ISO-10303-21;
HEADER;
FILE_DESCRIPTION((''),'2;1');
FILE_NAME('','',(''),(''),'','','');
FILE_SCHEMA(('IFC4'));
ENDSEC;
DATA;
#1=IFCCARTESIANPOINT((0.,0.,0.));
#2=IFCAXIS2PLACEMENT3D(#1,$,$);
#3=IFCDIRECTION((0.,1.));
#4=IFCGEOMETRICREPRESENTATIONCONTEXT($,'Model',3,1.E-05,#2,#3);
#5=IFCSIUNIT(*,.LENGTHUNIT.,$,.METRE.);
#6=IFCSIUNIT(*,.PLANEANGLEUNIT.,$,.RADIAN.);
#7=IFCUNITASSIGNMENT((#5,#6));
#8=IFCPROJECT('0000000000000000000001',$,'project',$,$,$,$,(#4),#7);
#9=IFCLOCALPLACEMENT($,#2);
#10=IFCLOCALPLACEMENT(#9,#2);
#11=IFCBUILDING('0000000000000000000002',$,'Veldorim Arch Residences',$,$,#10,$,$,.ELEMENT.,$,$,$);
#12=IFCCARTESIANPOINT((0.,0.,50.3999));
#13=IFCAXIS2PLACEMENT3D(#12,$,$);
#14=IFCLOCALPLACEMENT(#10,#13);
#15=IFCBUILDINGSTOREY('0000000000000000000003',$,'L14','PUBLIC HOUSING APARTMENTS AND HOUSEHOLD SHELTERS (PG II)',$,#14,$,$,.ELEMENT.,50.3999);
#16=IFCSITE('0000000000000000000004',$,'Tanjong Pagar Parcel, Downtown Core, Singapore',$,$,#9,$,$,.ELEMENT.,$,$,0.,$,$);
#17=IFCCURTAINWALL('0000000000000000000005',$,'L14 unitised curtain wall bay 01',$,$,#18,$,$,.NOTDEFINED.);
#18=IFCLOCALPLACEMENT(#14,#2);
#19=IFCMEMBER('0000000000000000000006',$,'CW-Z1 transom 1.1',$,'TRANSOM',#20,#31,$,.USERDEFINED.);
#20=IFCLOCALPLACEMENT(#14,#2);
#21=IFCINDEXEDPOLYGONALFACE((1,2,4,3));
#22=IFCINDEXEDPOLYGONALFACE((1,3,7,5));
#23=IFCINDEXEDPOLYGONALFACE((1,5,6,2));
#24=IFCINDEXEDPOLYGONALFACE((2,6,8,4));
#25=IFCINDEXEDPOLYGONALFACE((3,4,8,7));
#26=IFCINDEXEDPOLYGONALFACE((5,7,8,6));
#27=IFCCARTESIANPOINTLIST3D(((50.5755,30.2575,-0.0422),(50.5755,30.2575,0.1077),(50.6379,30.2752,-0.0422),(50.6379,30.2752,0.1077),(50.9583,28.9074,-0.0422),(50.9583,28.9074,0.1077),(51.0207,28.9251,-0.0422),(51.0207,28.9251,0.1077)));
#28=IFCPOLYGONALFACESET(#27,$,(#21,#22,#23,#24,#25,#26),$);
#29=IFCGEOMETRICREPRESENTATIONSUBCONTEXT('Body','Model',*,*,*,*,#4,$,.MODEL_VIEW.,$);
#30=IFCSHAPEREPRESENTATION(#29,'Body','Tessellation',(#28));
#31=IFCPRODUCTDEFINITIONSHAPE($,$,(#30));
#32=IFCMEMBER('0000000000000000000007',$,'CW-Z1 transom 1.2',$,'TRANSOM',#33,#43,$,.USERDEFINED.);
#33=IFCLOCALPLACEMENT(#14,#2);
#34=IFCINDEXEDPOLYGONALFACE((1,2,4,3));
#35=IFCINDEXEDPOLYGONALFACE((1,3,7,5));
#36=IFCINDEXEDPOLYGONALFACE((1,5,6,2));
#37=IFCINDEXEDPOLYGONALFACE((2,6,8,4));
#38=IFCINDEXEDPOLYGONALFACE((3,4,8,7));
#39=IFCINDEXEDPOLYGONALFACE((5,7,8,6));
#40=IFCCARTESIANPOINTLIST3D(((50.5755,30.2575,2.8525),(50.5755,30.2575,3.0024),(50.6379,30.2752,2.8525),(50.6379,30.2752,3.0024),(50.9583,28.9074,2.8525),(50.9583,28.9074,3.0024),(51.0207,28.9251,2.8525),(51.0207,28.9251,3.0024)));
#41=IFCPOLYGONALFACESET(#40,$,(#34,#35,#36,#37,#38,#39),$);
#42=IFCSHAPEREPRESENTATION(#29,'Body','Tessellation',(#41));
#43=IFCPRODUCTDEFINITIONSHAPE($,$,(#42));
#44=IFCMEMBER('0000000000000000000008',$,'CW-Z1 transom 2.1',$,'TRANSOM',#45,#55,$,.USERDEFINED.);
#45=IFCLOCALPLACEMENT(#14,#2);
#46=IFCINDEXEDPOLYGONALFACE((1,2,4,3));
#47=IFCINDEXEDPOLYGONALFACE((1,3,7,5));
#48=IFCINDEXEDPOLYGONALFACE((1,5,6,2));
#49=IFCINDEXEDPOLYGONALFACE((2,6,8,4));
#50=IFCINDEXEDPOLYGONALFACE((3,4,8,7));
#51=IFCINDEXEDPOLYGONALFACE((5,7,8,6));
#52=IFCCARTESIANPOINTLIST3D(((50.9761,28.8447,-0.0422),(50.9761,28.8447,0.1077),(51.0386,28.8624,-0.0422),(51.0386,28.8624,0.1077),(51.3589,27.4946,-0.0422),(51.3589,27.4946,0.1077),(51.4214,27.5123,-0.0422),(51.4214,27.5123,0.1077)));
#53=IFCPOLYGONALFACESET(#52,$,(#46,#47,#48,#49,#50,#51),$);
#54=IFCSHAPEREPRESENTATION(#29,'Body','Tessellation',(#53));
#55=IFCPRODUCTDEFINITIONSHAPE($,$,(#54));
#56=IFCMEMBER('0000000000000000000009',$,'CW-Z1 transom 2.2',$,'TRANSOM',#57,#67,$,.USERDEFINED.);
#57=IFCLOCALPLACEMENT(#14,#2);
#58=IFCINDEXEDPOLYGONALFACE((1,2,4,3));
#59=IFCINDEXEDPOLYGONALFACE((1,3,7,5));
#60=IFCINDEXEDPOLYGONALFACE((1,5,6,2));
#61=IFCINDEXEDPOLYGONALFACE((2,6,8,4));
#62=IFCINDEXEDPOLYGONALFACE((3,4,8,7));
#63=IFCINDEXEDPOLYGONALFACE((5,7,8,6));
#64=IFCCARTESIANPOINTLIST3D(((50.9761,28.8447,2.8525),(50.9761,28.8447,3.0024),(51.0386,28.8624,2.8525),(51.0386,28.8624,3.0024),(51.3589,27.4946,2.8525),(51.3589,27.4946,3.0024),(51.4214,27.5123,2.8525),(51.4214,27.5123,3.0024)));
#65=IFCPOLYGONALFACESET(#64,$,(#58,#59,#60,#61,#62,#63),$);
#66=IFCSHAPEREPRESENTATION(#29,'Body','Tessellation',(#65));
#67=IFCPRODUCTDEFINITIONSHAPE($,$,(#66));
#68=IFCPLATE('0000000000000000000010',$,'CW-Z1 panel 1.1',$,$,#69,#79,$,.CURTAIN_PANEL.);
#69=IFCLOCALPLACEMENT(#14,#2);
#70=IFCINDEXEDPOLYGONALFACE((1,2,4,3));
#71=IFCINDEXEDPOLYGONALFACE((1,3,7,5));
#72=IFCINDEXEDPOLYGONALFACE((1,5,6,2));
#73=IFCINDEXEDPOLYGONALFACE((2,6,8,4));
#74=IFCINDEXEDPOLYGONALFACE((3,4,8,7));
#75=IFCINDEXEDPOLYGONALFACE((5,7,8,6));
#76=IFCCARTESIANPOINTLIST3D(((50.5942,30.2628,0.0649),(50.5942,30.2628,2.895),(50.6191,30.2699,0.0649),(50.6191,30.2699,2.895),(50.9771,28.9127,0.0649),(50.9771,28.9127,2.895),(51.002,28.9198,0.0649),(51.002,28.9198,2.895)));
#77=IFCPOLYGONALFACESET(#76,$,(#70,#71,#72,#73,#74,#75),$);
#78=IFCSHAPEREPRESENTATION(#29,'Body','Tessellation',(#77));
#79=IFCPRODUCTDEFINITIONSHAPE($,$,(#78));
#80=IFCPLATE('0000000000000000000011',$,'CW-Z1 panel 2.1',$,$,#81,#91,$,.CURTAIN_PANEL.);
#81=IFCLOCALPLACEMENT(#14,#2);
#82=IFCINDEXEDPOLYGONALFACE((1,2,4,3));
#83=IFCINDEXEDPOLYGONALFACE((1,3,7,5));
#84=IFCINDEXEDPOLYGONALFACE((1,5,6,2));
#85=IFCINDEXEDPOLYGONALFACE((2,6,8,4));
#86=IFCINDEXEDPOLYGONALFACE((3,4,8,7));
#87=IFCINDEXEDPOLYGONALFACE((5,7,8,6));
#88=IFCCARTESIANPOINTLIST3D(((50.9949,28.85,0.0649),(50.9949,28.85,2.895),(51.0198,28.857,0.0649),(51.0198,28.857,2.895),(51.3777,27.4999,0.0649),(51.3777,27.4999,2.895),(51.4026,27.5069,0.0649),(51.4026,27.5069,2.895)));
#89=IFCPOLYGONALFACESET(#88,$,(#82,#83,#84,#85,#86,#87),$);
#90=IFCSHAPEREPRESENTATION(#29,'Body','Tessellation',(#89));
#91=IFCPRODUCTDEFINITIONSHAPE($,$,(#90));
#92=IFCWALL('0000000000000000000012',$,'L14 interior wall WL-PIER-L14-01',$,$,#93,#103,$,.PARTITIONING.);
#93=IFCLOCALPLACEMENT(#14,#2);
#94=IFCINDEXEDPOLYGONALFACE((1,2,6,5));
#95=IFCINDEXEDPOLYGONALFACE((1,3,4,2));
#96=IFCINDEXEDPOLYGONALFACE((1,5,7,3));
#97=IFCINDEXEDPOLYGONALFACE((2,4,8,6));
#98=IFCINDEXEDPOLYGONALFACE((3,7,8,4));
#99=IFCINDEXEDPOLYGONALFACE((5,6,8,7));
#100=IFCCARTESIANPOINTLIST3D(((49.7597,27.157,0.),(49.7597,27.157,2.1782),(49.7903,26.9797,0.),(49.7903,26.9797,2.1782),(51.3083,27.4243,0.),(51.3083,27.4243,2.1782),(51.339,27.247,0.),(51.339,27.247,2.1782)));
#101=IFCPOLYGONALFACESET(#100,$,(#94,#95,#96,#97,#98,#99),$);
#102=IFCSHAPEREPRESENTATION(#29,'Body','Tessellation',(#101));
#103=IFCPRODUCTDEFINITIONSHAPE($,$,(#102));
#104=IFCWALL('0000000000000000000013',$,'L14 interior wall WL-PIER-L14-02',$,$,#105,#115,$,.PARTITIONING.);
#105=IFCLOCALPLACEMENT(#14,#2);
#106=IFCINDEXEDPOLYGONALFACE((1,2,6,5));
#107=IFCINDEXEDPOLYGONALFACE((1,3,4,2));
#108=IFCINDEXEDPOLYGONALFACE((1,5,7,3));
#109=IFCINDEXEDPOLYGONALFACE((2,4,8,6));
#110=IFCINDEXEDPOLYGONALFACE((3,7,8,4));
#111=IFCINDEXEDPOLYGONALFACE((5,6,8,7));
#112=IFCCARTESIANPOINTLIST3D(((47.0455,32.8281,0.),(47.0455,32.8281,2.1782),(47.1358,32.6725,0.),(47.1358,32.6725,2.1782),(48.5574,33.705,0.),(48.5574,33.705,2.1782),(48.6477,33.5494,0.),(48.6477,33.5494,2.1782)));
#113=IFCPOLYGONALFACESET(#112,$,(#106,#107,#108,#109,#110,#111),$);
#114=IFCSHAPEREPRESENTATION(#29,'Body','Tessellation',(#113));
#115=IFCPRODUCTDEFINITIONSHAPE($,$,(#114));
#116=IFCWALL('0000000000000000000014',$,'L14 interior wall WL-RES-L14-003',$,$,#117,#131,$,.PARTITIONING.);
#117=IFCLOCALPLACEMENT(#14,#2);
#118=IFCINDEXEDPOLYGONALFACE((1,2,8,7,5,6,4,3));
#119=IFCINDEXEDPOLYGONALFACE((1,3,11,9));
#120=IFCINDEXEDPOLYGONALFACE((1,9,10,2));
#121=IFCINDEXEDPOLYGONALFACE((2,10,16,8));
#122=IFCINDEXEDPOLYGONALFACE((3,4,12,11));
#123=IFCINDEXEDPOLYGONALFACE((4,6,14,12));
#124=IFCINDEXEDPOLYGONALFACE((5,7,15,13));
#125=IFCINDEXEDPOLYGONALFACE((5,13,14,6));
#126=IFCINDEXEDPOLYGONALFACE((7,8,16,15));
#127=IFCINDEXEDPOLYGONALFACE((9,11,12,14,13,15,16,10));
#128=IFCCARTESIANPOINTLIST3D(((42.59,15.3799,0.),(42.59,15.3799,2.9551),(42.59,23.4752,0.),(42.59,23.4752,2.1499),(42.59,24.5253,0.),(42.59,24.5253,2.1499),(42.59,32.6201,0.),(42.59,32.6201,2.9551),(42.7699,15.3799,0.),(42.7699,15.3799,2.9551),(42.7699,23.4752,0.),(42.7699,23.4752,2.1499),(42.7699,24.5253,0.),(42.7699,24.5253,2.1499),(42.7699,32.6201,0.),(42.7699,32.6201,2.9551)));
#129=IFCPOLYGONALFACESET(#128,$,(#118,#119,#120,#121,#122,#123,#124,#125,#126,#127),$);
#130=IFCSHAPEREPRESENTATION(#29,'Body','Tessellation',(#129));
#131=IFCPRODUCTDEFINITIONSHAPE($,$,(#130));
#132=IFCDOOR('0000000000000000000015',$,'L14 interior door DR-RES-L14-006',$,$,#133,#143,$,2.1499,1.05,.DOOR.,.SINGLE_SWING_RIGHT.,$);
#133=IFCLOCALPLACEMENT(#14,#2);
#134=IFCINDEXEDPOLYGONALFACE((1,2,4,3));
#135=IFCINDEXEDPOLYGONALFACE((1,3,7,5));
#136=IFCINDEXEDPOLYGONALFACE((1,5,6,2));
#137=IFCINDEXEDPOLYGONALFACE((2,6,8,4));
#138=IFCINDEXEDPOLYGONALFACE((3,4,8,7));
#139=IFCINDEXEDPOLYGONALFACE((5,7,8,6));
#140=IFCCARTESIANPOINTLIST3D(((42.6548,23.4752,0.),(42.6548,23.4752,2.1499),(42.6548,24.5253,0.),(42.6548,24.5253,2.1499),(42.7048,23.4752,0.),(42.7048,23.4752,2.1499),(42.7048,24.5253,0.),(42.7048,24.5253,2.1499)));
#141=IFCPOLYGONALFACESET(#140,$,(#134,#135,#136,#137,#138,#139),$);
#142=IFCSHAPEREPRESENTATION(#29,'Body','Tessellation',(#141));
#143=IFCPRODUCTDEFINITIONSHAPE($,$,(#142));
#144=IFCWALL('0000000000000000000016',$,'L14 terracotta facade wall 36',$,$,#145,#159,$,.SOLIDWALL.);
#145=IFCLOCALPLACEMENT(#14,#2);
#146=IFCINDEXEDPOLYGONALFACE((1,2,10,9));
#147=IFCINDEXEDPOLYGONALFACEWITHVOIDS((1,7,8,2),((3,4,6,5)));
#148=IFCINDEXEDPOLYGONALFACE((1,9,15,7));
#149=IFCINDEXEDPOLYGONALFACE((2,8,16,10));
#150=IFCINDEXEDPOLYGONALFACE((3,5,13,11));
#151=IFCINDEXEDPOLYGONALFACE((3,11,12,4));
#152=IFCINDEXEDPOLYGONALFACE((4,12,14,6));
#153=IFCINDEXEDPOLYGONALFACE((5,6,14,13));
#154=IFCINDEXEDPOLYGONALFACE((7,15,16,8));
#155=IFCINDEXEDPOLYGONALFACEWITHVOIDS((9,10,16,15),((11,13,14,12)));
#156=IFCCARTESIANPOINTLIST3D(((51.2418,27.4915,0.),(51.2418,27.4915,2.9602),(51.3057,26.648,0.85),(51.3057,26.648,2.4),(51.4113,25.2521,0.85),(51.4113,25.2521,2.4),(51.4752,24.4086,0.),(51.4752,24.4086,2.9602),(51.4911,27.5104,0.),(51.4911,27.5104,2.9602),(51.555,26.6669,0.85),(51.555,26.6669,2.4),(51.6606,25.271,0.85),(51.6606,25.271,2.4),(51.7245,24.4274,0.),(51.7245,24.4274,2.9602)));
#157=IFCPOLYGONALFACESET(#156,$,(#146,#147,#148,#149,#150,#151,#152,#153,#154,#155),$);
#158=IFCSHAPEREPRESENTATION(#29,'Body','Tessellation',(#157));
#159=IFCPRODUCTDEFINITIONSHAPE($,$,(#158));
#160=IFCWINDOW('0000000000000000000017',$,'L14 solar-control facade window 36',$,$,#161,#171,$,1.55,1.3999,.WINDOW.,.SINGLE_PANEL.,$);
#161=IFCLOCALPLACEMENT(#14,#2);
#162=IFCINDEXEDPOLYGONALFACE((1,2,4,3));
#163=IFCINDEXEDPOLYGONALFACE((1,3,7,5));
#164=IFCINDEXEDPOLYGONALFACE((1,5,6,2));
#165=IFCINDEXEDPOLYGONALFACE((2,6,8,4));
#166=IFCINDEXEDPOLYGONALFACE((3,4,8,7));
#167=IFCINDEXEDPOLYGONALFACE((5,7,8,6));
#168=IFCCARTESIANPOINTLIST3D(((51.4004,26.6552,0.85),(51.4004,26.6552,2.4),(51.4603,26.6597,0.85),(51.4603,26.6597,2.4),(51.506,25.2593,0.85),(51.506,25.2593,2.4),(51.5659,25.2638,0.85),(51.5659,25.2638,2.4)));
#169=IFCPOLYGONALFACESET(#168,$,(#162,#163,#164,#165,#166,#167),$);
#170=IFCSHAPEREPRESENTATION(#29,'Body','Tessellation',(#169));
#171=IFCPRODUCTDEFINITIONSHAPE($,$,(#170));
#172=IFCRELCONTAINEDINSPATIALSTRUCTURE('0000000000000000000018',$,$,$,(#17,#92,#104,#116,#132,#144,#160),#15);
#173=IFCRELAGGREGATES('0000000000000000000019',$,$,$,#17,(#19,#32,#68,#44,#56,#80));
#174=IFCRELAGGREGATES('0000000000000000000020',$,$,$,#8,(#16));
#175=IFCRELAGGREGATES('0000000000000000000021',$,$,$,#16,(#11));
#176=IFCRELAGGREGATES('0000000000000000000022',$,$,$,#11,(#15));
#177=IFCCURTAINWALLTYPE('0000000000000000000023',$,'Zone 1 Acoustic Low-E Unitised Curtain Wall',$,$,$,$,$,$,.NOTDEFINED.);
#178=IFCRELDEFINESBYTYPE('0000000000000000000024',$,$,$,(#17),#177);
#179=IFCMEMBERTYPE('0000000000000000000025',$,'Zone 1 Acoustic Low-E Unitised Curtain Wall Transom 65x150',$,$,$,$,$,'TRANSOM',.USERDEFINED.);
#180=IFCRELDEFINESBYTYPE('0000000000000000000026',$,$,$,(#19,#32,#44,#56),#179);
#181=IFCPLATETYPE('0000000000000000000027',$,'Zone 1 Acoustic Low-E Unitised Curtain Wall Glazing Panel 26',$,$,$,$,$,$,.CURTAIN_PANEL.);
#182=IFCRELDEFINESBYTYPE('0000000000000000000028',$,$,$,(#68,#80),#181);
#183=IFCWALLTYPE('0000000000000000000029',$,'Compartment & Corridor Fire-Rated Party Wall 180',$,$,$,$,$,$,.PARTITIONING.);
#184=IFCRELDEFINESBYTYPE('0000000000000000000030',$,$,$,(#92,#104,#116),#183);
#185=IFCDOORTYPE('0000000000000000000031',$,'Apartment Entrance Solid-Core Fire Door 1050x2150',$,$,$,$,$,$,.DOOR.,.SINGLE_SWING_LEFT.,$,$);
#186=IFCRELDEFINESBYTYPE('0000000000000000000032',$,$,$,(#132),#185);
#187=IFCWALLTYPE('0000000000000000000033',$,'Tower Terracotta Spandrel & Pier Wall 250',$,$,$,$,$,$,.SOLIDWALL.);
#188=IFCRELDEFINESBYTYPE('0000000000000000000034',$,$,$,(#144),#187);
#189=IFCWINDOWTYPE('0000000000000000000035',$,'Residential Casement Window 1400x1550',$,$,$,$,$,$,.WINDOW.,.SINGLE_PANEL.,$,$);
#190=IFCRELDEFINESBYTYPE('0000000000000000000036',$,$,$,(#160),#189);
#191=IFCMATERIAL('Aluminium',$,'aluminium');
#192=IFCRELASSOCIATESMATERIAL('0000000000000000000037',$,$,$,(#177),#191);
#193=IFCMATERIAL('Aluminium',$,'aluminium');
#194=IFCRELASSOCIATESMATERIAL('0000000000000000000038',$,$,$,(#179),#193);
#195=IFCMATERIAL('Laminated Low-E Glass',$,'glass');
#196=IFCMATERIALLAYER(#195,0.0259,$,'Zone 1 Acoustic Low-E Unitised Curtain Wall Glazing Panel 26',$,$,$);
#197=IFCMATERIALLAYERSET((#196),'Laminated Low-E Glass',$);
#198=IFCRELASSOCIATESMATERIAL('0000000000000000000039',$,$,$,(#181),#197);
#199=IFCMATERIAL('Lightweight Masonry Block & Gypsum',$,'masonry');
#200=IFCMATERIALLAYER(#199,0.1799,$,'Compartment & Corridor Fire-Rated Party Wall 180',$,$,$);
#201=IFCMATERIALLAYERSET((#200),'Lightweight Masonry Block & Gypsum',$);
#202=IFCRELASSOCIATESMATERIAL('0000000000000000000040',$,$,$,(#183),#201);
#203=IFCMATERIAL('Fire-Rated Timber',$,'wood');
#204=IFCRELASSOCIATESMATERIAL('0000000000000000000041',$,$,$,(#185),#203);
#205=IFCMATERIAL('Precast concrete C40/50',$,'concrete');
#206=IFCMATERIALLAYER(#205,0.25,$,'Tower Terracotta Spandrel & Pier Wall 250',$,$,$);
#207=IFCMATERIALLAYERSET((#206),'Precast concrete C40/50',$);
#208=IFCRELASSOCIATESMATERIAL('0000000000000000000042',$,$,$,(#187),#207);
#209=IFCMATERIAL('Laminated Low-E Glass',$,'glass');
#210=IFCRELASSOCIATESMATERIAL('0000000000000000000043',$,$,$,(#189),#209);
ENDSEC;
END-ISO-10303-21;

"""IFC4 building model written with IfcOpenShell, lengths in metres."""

from ifc_helpers import new_model, si_unit, direction, frame, frame_2d, origin, origin_2d, place, context, subcontext, project, spatial, rectangle, extrude, material, layer, layer_set, material_profile, profile_set, type_object, element, fill, aggregate, save


model = new_model("IFC4")

# Units and contexts
model_context = context("Model", 3, precision=1e-05, world=origin(), true_north=direction((0.0, 1.0)))
body_context = subcontext(model_context, "Body", "Model", "MODEL_VIEW")
ifc_project = project(units=[si_unit("LENGTHUNIT", "METRE"), si_unit("PLANEANGLEUNIT", "RADIAN")], contexts=[model_context])

# Site, building, storey
site_placement = place(None, origin())
site = spatial("IfcSite", under=ifc_project, at=site_placement, Name="Tanjong Pagar Parcel, Downtown Core, Singapore", CompositionType="ELEMENT", RefElevation=0.0)
building_placement = place(site_placement, origin())
building = spatial("IfcBuilding", under=site, at=building_placement, Name="Veldorim Arch Residences", CompositionType="ELEMENT")
storey_placement = place(building_placement, frame((0.0, 0.0, 50.3999)))
storey = spatial("IfcBuildingStorey", under=building, at=storey_placement, Name="L14", Description="PUBLIC HOUSING APARTMENTS AND HOUSEHOLD SHELTERS (PG II)", CompositionType="ELEMENT", Elevation=50.3999)

# Curtain wall, members, plates
ifc_material_1 = material(Name="Aluminium", Category="aluminium")
curtain_wall_type = type_object("IfcCurtainWallType", Name="Zone 1 Acoustic Low-E Unitised Curtain Wall", PredefinedType="NOTDEFINED", material=ifc_material_1)
curtain_wall_placement = place(storey_placement, origin())
curtain_wall = element("IfcCurtainWall", 1, at=curtain_wall_placement, inside=storey, type_object=curtain_wall_type, Name="L14 unitised curtain wall bay 01", PredefinedType="NOTDEFINED")
ifc_material_2 = material(Name="Aluminium", Category="aluminium")
ifc_material_profile_1 = material_profile(ifc_material_2, rectangle(XDim=0.0649, YDim=0.1499, at=origin_2d()), Name="ALU_TRN_65x150")
ifc_profile_set_1 = profile_set([ifc_material_profile_1], Name="Aluminium")
member_type_1 = type_object("IfcMemberType", Name="Zone 1 Acoustic Low-E Unitised Curtain Wall Transom 65x150", ElementType="TRANSOM", PredefinedType="USERDEFINED", material=ifc_profile_set_1)
member_1_placement = place(storey_placement, frame((50.6067, 30.2664, 0.0327), z_axis=(0.27279, -0.962073, 0.0), x_axis=(0.962073, 0.27279, 0.0)))
member_1 = element("IfcMember", 2, at=member_1_placement, type_object=member_type_1, Name="CW-Z1 transom 1.1", ObjectType="TRANSOM", PredefinedType="USERDEFINED", context=body_context, shape_type="SweptSolid", body=[
    extrude(rectangle(XDim=0.0649, YDim=0.1499, at=origin_2d()), origin(), (0.0, 0.0, 1.0), 1.4033),
])
member_2_placement = place(storey_placement, frame((50.6067, 30.2664, 2.9275), z_axis=(0.27279, -0.962073, 0.0), x_axis=(0.962073, 0.27279, 0.0)))
member_2 = element("IfcMember", 3, at=member_2_placement, type_object=member_type_1, Name="CW-Z1 transom 1.2", ObjectType="TRANSOM", PredefinedType="USERDEFINED", context=body_context, shape_type="SweptSolid", body=[
    extrude(rectangle(XDim=0.0649, YDim=0.1499, at=origin_2d()), origin(), (0.0, 0.0, 1.0), 1.4033),
])
member_3_placement = place(storey_placement, frame((51.0073, 28.8535, 0.0327), z_axis=(0.27279, -0.962073, 0.0), x_axis=(0.962073, 0.27279, 0.0)))
member_3 = element("IfcMember", 4, at=member_3_placement, type_object=member_type_1, Name="CW-Z1 transom 2.1", ObjectType="TRANSOM", PredefinedType="USERDEFINED", context=body_context, shape_type="SweptSolid", body=[
    extrude(rectangle(XDim=0.0649, YDim=0.1499, at=origin_2d()), origin(), (0.0, 0.0, 1.0), 1.4033),
])
member_4_placement = place(storey_placement, frame((51.0073, 28.8535, 2.9275), z_axis=(0.27279, -0.962073, 0.0), x_axis=(0.962073, 0.27279, 0.0)))
member_4 = element("IfcMember", 5, at=member_4_placement, type_object=member_type_1, Name="CW-Z1 transom 2.2", ObjectType="TRANSOM", PredefinedType="USERDEFINED", context=body_context, shape_type="SweptSolid", body=[
    extrude(rectangle(XDim=0.0649, YDim=0.1499, at=origin_2d()), origin(), (0.0, 0.0, 1.0), 1.4033),
])
ifc_material_3 = material(Name="Laminated Low-E Glass", Category="glass")
ifc_layer_1 = layer(ifc_material_3, 0.0259, Name="Zone 1 Acoustic Low-E Unitised Curtain Wall Glazing Panel 26")
ifc_layer_set_1 = layer_set([ifc_layer_1], Name="Laminated Low-E Glass")
plate_type = type_object("IfcPlateType", Name="Zone 1 Acoustic Low-E Unitised Curtain Wall Glazing Panel 26", PredefinedType="CURTAIN_PANEL", material=ifc_layer_set_1)
plate_1_placement = place(storey_placement, frame((50.7981, 29.5913, 0.0649), z_axis=(0.0, 0.0, 1.0), x_axis=(0.272798, -0.962071, 0.0)))
plate_1 = element("IfcPlate", 6, at=plate_1_placement, type_object=plate_type, Name="CW-Z1 panel 1.1", PredefinedType="CURTAIN_PANEL", context=body_context, shape_type="SweptSolid", body=[
    extrude(rectangle(XDim=1.4033, YDim=0.0259, at=origin_2d()), origin(), (0.0, 0.0, 1.0), 2.8301),
])
plate_2_placement = place(storey_placement, frame((51.1987, 28.1785, 0.0649), z_axis=(0.0, 0.0, 1.0), x_axis=(0.272798, -0.962071, 0.0)))
plate_2 = element("IfcPlate", 7, at=plate_2_placement, type_object=plate_type, Name="CW-Z1 panel 2.1", PredefinedType="CURTAIN_PANEL", context=body_context, shape_type="SweptSolid", body=[
    extrude(rectangle(XDim=1.4033, YDim=0.0259, at=origin_2d()), origin(), (0.0, 0.0, 1.0), 2.8301),
])
aggregate(curtain_wall, [member_1, member_2, plate_1, member_3, member_4, plate_2])

# Walls
ifc_material_4 = material(Name="Lightweight Masonry Block & Gypsum", Category="masonry")
ifc_layer_2 = layer(ifc_material_4, 0.1799, Name="Compartment & Corridor Fire-Rated Party Wall 180")
ifc_layer_set_2 = layer_set([ifc_layer_2], Name="Lightweight Masonry Block & Gypsum")
wall_type_1 = type_object("IfcWallType", Name="Compartment & Corridor Fire-Rated Party Wall 180", PredefinedType="PARTITIONING", material=ifc_layer_set_2)
wall_1_placement = place(storey_placement, frame((49.7751, 27.0684, 0.0), z_axis=(0.0, 0.0, 1.0), x_axis=(0.985424, 0.170115, 0.0)))
element("IfcWall", 8, at=wall_1_placement, inside=storey, type_object=wall_type_1, Name="L14 interior wall WL-PIER-L14-01", PredefinedType="PARTITIONING", context=body_context, shape_type="SweptSolid", body=[
    extrude(rectangle(XDim=1.5715, YDim=0.1799, at=frame_2d((0.7856, 0.0))), origin(), (0.0, 0.0, 1.0), 2.1782),
])
wall_2_placement = place(storey_placement, frame((47.0906, 32.7502, 0.0), z_axis=(0.0, 0.0, 1.0), x_axis=(0.865028, 0.501724, 0.0)))
element("IfcWall", 9, at=wall_2_placement, inside=storey, type_object=wall_type_1, Name="L14 interior wall WL-PIER-L14-02", PredefinedType="PARTITIONING", context=body_context, shape_type="SweptSolid", body=[
    extrude(rectangle(XDim=1.7478, YDim=0.1799, at=frame_2d((0.874, 0.0))), origin(), (0.0, 0.0, 1.0), 2.1782),
])

# Wall, opening, door
wall_3_placement = place(storey_placement, frame((42.6799, 32.6201, 0.0), z_axis=(0.0, 0.0, 1.0), x_axis=(0.0, -1.0, 0.0)))
wall_3 = element("IfcWall", 10, at=wall_3_placement, inside=storey, type_object=wall_type_1, Name="L14 interior wall WL-RES-L14-003", PredefinedType="PARTITIONING", context=body_context, shape_type="SweptSolid", body=[
    extrude(rectangle(XDim=17.2402, YDim=0.1799, at=frame_2d((8.6201, 0.0))), origin(), (0.0, 0.0, 1.0), 2.9551),
])
opening_1_placement = place(wall_3_placement, frame((8.095, 0.0, 0.0)))
opening_1 = element("IfcOpeningElement", 11, at=opening_1_placement, cuts=wall_3, PredefinedType="OPENING", context=body_context, shape_type="SweptSolid", body=[
    extrude(rectangle(XDim=1.05, YDim=2.1499, at=frame_2d((0.5249, 1.075))), frame((0.0, 0.0999, 0.0), z_axis=(0.0, -1.0, 0.0), x_axis=(1.0, 0.0, 0.0)), (0.0, 0.0, 1.0), 0.2),
])
ifc_material_5 = material(Name="Fire-Rated Timber", Category="wood")
door_type = type_object("IfcDoorType", Name="Apartment Entrance Solid-Core Fire Door 1050x2150", OperationType="SINGLE_SWING_LEFT", PredefinedType="DOOR", material=ifc_material_5)
door_placement = place(opening_1_placement, origin())
door = element("IfcDoor", 12, at=door_placement, inside=storey, type_object=door_type, Name="L14 interior door DR-RES-L14-006", OperationType="SINGLE_SWING_RIGHT", OverallHeight=2.1499, OverallWidth=1.05, PredefinedType="DOOR", context=body_context, shape_type="SweptSolid", body=[
    extrude(rectangle(XDim=1.05, YDim=2.1499, at=frame_2d((0.5249, 1.075))), frame((0.0, 0.0249, 0.0), z_axis=(0.0, -1.0, 0.0), x_axis=(1.0, 0.0, 0.0)), (0.0, 0.0, 1.0), 0.05),
])
fill(opening_1, door)

# Wall, opening, window
ifc_material_6 = material(Name="Precast concrete C40/50", Category="concrete")
ifc_layer_3 = layer(ifc_material_6, 0.25, Name="Tower Terracotta Spandrel & Pier Wall 250")
ifc_layer_set_3 = layer_set([ifc_layer_3], Name="Precast concrete C40/50")
wall_type_2 = type_object("IfcWallType", Name="Tower Terracotta Spandrel & Pier Wall 250", PredefinedType="SOLIDWALL", material=ifc_layer_set_3)
wall_4_placement = place(storey_placement, frame((51.3665, 27.501, 0.0), z_axis=(0.0, 0.0, 1.0), x_axis=(0.075489, -0.997147, 0.0)))
wall_4 = element("IfcWall", 13, at=wall_4_placement, inside=storey, type_object=wall_type_2, Name="L14 terracotta facade wall 36", PredefinedType="SOLIDWALL", context=body_context, shape_type="SweptSolid", body=[
    extrude(rectangle(XDim=3.0918, YDim=0.25, at=frame_2d((1.5459, 0.0))), origin(), (0.0, 0.0, 1.0), 2.9602),
])
opening_2_placement = place(wall_4_placement, frame((0.8459, 0.0, 0.8501)))
opening_2 = element("IfcOpeningElement", 14, at=opening_2_placement, cuts=wall_4, PredefinedType="OPENING", context=body_context, shape_type="SweptSolid", body=[
    extrude(rectangle(XDim=1.3999, YDim=1.55, at=frame_2d((0.7, 0.7749))), frame((0.0, 0.135, 0.0), z_axis=(0.0, -1.0, 0.0), x_axis=(1.0, 0.0, 0.0)), (0.0, 0.0, 1.0), 0.27),
])
ifc_material_7 = material(Name="Laminated Low-E Glass", Category="glass")
window_type = type_object("IfcWindowType", Name="Residential Casement Window 1400x1550", PartitioningType="SINGLE_PANEL", PredefinedType="WINDOW", material=ifc_material_7)
window_placement = place(opening_2_placement, origin())
window = element("IfcWindow", 15, at=window_placement, inside=storey, type_object=window_type, Name="L14 solar-control facade window 36", OverallHeight=1.55, OverallWidth=1.3999, PartitioningType="SINGLE_PANEL", PredefinedType="WINDOW", context=body_context, shape_type="SweptSolid", body=[
    extrude(rectangle(XDim=1.3999, YDim=1.55, at=frame_2d((0.7, 0.7749))), frame((0.0, 0.03, 0.0), z_axis=(0.0, -1.0, 0.0), x_axis=(1.0, 0.0, 0.0)), (0.0, 0.0, 1.0), 0.0601),
])
fill(opening_2, window)

save(model, "model.ifc")
